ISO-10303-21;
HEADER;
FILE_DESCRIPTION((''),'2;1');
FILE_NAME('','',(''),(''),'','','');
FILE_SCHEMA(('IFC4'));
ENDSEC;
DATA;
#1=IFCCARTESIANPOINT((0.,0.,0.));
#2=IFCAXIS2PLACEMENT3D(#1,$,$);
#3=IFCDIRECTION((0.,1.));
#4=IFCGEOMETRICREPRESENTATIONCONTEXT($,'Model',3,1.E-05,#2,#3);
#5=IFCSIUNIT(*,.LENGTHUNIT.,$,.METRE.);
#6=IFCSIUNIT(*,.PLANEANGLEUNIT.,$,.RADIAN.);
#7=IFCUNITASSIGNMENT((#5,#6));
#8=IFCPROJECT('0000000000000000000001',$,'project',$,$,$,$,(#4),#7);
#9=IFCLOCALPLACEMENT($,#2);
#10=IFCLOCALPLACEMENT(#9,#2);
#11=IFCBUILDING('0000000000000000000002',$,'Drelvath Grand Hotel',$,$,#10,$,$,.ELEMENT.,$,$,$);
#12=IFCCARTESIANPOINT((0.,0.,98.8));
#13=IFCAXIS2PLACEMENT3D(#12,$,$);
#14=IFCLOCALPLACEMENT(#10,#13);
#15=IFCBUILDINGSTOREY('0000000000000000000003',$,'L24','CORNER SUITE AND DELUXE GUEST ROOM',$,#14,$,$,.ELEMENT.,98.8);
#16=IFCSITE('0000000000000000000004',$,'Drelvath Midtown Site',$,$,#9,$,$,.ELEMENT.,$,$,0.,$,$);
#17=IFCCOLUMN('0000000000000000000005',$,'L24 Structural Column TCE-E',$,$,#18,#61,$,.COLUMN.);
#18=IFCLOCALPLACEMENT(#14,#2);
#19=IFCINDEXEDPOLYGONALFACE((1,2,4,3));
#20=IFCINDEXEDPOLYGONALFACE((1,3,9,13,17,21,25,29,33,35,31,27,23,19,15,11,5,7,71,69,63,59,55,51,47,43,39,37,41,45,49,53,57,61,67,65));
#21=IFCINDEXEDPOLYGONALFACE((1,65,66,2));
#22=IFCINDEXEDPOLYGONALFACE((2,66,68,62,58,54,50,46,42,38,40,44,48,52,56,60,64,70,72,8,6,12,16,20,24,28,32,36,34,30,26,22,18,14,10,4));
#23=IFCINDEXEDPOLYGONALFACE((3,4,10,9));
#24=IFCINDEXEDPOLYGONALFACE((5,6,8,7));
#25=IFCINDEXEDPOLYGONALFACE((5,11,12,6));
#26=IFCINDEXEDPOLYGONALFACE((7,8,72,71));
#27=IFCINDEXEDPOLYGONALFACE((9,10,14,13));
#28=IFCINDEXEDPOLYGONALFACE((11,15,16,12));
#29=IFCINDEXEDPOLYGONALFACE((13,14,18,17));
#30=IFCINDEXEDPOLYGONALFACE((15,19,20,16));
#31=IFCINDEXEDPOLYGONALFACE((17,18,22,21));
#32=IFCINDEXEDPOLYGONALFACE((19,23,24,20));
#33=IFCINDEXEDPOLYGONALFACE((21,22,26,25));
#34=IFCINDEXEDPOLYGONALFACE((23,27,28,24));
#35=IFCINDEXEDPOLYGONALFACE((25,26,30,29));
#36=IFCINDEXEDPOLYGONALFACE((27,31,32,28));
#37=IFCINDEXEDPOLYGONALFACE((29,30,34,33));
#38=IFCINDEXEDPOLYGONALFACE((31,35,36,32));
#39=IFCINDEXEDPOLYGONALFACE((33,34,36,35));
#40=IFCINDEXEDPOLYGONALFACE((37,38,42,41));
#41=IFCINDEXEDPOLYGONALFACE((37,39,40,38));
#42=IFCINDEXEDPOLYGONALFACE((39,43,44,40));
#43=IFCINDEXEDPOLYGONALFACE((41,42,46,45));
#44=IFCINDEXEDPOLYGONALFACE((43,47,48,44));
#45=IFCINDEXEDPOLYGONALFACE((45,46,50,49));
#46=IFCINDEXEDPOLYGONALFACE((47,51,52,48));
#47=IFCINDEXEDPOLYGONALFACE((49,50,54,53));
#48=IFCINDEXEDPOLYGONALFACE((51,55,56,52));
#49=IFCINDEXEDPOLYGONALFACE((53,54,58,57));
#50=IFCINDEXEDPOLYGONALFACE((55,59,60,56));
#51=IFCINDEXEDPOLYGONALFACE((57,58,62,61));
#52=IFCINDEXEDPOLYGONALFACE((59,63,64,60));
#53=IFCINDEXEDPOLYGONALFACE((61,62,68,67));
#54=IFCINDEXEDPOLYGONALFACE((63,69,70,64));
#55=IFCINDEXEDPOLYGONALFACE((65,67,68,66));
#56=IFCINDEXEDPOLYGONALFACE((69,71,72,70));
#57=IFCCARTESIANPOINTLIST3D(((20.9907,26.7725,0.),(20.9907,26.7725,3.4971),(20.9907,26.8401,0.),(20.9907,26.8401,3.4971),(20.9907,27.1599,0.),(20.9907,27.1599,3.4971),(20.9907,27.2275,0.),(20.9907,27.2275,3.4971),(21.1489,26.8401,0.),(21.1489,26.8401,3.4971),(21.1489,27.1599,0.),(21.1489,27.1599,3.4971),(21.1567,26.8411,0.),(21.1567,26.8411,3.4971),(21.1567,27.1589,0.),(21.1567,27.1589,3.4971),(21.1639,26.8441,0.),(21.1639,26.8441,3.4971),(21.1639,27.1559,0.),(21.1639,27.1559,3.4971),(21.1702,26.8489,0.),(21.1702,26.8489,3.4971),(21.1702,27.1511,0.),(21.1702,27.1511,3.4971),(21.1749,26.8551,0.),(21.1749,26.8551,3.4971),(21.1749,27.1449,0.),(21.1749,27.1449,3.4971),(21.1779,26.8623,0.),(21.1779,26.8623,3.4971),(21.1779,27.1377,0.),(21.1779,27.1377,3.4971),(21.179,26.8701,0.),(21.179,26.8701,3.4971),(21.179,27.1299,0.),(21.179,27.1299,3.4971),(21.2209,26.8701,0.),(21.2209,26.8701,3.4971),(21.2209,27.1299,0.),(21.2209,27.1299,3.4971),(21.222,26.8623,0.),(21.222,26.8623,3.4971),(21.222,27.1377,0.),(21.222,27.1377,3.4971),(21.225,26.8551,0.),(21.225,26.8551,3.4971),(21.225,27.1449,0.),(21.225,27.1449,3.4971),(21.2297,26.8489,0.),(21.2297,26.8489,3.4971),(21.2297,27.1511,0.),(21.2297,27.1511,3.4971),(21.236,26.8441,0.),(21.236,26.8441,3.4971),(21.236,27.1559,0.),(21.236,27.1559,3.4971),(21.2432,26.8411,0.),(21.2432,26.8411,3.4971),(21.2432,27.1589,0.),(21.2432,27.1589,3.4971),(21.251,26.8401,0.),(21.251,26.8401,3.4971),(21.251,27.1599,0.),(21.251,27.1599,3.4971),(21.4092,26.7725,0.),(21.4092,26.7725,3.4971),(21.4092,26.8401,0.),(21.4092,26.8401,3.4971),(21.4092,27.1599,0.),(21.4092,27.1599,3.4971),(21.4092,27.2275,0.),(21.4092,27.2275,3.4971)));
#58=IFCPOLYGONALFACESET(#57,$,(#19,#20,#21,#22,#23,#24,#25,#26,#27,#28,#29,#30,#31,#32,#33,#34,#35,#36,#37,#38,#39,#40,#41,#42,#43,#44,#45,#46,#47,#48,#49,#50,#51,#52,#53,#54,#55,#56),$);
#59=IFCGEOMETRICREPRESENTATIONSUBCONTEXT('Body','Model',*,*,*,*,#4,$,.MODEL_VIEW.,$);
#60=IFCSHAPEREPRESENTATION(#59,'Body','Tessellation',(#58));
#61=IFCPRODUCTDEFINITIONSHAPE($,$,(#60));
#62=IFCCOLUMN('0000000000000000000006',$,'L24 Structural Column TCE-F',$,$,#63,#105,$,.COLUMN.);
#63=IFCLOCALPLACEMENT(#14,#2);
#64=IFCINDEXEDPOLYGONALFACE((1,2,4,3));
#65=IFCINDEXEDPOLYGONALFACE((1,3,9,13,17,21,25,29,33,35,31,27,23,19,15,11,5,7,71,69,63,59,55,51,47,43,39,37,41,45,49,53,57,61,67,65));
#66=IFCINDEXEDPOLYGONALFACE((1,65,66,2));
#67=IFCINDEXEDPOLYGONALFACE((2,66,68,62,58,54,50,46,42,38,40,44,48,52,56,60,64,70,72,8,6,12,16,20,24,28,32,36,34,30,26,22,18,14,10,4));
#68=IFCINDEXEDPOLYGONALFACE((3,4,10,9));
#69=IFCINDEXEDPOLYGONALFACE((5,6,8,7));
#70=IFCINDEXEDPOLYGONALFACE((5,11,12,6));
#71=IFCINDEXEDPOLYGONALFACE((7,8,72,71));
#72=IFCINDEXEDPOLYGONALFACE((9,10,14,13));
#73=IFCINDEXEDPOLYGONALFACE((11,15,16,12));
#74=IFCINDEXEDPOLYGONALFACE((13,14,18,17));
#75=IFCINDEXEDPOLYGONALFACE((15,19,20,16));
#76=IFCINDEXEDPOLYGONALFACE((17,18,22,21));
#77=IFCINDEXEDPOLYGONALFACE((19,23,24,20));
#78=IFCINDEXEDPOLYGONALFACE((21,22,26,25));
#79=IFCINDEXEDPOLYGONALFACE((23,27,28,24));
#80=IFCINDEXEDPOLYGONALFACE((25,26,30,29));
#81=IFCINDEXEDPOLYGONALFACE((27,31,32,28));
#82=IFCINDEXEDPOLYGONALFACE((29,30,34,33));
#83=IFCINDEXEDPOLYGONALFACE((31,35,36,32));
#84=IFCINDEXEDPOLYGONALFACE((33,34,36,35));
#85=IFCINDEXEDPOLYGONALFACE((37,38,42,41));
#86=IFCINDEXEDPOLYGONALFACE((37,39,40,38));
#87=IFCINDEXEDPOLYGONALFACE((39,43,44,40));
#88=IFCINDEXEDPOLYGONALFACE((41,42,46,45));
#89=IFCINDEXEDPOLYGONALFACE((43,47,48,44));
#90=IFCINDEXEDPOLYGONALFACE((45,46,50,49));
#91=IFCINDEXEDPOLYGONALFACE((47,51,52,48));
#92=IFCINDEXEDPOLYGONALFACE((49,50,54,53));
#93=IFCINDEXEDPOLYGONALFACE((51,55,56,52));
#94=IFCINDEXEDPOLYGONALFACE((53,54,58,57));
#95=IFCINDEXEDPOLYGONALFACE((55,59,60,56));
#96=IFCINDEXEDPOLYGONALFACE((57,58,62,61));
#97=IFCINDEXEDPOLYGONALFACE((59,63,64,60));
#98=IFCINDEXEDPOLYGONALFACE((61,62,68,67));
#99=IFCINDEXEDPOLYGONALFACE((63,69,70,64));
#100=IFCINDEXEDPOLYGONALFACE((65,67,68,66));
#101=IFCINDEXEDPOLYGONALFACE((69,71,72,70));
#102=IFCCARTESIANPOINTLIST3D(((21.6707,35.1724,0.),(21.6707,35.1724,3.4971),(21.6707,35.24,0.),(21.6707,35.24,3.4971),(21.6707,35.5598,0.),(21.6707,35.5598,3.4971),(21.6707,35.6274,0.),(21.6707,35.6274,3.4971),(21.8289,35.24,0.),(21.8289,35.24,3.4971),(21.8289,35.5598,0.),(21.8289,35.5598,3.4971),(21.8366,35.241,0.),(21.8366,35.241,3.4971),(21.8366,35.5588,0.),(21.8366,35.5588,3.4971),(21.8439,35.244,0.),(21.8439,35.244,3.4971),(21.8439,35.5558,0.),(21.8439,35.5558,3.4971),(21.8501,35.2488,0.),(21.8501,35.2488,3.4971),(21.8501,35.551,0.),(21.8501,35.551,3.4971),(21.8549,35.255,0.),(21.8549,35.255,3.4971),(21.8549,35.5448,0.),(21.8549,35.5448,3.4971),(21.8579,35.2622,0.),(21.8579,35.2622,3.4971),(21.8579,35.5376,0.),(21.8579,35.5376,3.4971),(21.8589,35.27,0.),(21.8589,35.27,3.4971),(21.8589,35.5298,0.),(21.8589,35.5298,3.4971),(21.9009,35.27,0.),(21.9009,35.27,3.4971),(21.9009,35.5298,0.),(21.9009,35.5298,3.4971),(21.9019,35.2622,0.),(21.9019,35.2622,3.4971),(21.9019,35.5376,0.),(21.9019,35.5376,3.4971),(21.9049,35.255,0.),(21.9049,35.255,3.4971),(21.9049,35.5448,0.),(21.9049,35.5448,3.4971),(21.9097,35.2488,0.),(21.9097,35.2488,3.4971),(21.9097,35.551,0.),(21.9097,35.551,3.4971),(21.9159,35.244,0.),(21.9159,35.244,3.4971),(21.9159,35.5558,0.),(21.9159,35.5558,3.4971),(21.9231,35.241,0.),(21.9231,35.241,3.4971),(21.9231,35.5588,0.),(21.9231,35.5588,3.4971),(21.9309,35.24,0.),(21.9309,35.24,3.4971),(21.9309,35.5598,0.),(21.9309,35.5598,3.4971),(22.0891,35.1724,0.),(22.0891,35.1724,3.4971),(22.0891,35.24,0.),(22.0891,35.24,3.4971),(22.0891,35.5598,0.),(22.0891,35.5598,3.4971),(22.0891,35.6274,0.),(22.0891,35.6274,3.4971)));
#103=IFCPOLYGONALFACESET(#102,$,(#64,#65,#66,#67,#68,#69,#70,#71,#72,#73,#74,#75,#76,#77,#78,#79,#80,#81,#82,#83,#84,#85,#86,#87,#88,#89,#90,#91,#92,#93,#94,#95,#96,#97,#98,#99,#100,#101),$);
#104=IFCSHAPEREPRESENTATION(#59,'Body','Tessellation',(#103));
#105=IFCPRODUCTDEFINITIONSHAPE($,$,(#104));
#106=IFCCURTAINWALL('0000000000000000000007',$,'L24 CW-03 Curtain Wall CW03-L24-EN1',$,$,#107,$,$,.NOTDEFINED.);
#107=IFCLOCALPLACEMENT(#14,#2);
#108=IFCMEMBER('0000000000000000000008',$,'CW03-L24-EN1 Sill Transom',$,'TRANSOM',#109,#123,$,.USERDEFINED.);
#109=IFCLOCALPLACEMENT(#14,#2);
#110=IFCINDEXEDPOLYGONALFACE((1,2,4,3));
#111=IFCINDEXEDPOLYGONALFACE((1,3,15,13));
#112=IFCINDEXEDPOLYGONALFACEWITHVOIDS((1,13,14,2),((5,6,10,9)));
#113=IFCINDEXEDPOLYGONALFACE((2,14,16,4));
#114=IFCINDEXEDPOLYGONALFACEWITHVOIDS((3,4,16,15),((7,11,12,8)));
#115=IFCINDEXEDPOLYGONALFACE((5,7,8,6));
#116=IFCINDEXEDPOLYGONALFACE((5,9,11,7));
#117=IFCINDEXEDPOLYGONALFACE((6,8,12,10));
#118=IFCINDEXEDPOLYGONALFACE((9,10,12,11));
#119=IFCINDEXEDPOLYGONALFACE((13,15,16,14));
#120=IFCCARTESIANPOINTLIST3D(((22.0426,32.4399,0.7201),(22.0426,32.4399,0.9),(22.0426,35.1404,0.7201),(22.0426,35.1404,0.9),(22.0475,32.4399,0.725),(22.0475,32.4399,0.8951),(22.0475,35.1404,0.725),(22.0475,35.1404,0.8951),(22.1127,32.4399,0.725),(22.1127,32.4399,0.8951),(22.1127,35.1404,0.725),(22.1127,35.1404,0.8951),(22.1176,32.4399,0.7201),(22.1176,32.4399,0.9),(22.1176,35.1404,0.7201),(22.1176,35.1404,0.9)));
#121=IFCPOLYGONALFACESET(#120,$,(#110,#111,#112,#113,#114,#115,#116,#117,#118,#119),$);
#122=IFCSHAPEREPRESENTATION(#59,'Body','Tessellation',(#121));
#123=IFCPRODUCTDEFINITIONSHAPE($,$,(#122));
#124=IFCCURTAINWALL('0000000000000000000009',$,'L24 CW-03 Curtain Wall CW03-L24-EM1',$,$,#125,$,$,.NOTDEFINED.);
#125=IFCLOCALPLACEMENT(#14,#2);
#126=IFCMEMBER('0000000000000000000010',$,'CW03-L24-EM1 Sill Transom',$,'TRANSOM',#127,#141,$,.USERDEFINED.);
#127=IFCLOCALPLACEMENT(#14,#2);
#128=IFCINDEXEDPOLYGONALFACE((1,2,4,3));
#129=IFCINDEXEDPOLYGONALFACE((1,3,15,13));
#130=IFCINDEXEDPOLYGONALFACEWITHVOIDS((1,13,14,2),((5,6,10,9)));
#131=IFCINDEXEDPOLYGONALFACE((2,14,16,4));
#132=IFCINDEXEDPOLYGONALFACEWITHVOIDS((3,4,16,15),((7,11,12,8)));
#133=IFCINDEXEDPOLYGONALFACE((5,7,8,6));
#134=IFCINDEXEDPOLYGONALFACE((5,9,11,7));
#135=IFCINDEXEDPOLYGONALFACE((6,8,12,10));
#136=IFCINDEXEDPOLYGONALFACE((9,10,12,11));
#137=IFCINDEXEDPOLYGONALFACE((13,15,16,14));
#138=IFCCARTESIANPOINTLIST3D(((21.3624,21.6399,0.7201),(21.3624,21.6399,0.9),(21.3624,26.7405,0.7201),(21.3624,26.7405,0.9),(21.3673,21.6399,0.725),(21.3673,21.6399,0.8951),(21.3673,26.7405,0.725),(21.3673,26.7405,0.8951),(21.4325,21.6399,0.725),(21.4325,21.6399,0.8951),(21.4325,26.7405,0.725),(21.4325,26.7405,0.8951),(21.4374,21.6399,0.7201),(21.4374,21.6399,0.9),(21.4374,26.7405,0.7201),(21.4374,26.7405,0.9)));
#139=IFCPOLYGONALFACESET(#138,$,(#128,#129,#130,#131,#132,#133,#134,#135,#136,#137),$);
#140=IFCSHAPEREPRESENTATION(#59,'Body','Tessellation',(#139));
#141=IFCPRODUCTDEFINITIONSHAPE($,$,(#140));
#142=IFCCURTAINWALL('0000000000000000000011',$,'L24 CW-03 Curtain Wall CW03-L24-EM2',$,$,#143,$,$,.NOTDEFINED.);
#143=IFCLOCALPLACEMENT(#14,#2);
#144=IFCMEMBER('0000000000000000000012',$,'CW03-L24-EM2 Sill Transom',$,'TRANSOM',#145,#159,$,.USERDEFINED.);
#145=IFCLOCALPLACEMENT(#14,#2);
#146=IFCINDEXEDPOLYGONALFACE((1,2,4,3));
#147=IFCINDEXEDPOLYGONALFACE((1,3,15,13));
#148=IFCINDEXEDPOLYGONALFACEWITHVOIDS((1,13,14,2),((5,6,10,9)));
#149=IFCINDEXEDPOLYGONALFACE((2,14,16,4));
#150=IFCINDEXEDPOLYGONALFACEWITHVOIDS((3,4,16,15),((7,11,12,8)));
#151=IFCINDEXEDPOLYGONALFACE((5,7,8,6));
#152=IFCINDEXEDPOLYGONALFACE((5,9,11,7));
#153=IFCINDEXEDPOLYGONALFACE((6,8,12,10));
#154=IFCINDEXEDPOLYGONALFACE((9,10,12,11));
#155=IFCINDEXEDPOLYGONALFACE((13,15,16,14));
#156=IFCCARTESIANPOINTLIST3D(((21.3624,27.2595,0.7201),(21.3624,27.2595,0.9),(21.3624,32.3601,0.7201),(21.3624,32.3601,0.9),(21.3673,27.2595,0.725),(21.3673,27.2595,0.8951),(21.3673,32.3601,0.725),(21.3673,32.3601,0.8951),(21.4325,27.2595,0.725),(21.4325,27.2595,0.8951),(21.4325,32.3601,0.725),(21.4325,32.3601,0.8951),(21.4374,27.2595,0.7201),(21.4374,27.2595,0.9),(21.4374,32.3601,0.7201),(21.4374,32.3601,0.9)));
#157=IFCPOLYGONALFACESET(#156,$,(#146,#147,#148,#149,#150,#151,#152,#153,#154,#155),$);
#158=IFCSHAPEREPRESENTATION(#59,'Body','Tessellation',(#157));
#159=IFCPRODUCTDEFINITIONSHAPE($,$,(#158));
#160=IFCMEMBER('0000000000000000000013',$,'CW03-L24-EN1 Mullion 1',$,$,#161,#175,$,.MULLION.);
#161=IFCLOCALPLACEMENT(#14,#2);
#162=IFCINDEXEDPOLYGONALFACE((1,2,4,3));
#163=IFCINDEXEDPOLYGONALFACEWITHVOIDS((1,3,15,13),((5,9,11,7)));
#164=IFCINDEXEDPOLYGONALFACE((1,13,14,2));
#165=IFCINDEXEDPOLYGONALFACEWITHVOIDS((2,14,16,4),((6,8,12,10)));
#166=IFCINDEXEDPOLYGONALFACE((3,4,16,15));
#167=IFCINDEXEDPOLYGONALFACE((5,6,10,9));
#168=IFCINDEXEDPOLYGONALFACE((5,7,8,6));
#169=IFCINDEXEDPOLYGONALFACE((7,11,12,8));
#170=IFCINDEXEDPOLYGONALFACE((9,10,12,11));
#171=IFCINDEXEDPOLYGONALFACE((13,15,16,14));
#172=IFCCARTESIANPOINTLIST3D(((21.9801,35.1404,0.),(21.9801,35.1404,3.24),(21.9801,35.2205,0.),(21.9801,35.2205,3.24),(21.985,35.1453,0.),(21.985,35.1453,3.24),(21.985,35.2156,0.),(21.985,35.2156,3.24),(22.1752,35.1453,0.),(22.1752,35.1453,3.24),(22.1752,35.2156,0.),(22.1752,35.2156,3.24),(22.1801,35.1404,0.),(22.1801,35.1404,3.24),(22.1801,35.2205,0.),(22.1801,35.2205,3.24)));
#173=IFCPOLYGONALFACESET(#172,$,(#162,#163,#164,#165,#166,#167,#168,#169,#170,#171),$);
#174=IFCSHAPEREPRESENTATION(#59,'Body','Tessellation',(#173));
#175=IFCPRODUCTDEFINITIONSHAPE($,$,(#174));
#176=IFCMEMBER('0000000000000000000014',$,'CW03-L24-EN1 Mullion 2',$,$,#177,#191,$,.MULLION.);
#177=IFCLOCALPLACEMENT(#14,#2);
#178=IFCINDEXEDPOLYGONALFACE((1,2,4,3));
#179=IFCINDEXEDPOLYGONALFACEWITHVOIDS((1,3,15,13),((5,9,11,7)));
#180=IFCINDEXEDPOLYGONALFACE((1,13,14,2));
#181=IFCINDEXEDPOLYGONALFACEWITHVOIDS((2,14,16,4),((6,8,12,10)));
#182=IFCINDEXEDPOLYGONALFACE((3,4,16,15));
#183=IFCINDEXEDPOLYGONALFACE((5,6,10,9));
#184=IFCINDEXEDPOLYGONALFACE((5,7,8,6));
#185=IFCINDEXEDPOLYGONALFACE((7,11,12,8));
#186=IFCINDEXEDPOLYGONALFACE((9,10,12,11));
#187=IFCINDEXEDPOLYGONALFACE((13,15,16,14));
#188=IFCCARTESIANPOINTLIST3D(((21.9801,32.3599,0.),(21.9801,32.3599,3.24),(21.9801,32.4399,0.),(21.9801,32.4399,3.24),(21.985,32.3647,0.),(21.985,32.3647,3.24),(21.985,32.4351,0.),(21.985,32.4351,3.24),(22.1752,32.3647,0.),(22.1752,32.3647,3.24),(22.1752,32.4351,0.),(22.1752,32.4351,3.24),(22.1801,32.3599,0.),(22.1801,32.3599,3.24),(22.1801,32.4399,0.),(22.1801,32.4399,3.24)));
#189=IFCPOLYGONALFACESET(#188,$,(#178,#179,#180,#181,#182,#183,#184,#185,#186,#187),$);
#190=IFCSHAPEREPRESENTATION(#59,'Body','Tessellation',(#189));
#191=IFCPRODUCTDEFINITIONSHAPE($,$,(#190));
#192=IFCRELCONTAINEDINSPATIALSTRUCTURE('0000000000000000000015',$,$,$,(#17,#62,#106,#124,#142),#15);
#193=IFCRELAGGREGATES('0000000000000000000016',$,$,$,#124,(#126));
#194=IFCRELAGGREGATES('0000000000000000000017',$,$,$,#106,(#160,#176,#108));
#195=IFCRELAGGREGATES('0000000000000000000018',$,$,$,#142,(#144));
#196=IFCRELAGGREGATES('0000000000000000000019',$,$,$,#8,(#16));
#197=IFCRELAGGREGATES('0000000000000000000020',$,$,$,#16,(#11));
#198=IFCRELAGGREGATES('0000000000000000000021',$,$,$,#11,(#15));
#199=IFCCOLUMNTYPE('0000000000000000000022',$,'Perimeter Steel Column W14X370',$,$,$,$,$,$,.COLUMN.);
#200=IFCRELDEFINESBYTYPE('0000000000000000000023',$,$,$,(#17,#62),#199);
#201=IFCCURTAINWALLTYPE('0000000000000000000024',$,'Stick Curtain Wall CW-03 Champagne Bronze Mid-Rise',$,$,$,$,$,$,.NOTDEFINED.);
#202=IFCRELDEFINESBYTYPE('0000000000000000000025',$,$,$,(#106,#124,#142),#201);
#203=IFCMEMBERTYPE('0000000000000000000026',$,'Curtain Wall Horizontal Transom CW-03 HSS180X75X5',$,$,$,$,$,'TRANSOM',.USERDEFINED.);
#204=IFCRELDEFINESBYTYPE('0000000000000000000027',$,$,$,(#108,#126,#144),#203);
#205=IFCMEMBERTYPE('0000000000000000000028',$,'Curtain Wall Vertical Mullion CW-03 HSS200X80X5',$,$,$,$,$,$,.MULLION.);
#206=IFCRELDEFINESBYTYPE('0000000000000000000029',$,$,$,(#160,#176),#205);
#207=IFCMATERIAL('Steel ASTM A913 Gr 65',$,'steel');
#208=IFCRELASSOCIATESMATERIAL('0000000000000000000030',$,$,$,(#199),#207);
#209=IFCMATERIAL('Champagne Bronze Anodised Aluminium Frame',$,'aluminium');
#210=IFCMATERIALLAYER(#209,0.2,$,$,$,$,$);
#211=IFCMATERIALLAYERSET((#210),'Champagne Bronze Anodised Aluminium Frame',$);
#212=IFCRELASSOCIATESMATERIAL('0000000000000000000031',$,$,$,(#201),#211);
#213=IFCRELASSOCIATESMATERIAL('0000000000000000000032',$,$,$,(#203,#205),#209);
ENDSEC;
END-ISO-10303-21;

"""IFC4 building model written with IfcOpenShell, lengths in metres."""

from ifc_helpers import new_model, si_unit, direction, frame, origin, origin_2d, place, context, subcontext, project, spatial, hollow_rectangle, i_section, extrude, material, layer, layer_set, material_profile, profile_set, type_object, element, aggregate, save


model = new_model("IFC4")

# Units and contexts
model_context = context("Model", 3, precision=1e-05, world=origin(), true_north=direction((0.0, 1.0)))
body_context = subcontext(model_context, "Body", "Model", "MODEL_VIEW")
ifc_project = project(units=[si_unit("LENGTHUNIT", "METRE"), si_unit("PLANEANGLEUNIT", "RADIAN")], contexts=[model_context])

# Site, building, storey
site_placement = place(None, origin())
site = spatial("IfcSite", under=ifc_project, at=site_placement, Name="Drelvath Midtown Site", CompositionType="ELEMENT", RefElevation=0.0)
building_placement = place(site_placement, origin())
building = spatial("IfcBuilding", under=site, at=building_placement, Name="Drelvath Grand Hotel", CompositionType="ELEMENT")
storey_placement = place(building_placement, frame((0.0, 0.0, 98.8)))
storey = spatial("IfcBuildingStorey", under=building, at=storey_placement, Name="L24", Description="CORNER SUITE AND DELUXE GUEST ROOM", CompositionType="ELEMENT", Elevation=98.8)

# Columns
ifc_material_1 = material(Name="Steel ASTM A913 Gr 65", Category="steel")
ifc_material_profile_1 = material_profile(ifc_material_1, i_section(OverallWidth=0.4185, OverallDepth=0.4551, WebThickness=0.042, FlangeThickness=0.0676, FilletRadius=0.03, at=origin_2d()), Name="W14X370")
ifc_profile_set_1 = profile_set([ifc_material_profile_1], Name="Steel ASTM A913 Gr 65")
column_type = type_object("IfcColumnType", Name="Perimeter Steel Column W14X370", PredefinedType="COLUMN", material=ifc_profile_set_1)
for number, where, z_axis, x_axis, name in (
    (1, (21.2, 27.0, 0.0), (0.0, 0.0, 1.0), (1.0, 0.0, 0.0), "L24 Structural Column TCE-E"),
    (2, (21.8799, 35.3999, 0.0), (0.0, 0.0, 1.0), (1.0, 0.0, 0.0), "L24 Structural Column TCE-F"),
):
    element("IfcColumn", number, at=place(storey_placement, frame(where, z_axis=z_axis, x_axis=x_axis)), inside=storey, type_object=column_type, Name=name, PredefinedType="COLUMN", context=body_context, shape_type="SweptSolid", body=[
        extrude(i_section(OverallWidth=0.4185, OverallDepth=0.4551, WebThickness=0.042, FlangeThickness=0.0676, FilletRadius=0.03, at=origin_2d()), origin(), (0.0, 0.0, 1.0), 3.4971),
    ])

# Curtain walls, members
ifc_material_2 = material(Name="Champagne Bronze Anodised Aluminium Frame", Category="aluminium")
ifc_layer_1 = layer(ifc_material_2, 0.2)
ifc_layer_set_1 = layer_set([ifc_layer_1], Name="Champagne Bronze Anodised Aluminium Frame")
curtain_wall_type = type_object("IfcCurtainWallType", Name="Stick Curtain Wall CW-03 Champagne Bronze Mid-Rise", PredefinedType="NOTDEFINED", material=ifc_layer_set_1)
curtain_wall_1_placement = place(storey_placement, origin())
curtain_wall_1 = element("IfcCurtainWall", 3, at=curtain_wall_1_placement, inside=storey, type_object=curtain_wall_type, Name="L24 CW-03 Curtain Wall CW03-L24-EN1", PredefinedType="NOTDEFINED")
ifc_material_profile_2 = material_profile(ifc_material_2, hollow_rectangle(XDim=0.075, YDim=0.1799, WallThickness=0.0049, at=origin_2d()), Name="HSS180X75X5")
ifc_profile_set_2 = profile_set([ifc_material_profile_2], Name="Champagne Bronze Anodised Aluminium Frame")
member_type_1 = type_object("IfcMemberType", Name="Curtain Wall Horizontal Transom CW-03 HSS180X75X5", ElementType="TRANSOM", PredefinedType="USERDEFINED", material=ifc_profile_set_2)
member_1_placement = place(storey_placement, frame((22.0801, 35.1404, 0.8101), z_axis=(0.0, -1.0, 0.0), x_axis=(1.0, 0.0, 0.0)))
member_1 = element("IfcMember", 4, at=member_1_placement, type_object=member_type_1, Name="CW03-L24-EN1 Sill Transom", ObjectType="TRANSOM", PredefinedType="USERDEFINED", context=body_context, shape_type="SweptSolid", body=[
    extrude(hollow_rectangle(XDim=0.075, YDim=0.1799, WallThickness=0.0049, at=origin_2d()), origin(), (0.0, 0.0, 1.0), 2.7004),
])
curtain_wall_2_placement = place(storey_placement, origin())
curtain_wall_2 = element("IfcCurtainWall", 5, at=curtain_wall_2_placement, inside=storey, type_object=curtain_wall_type, Name="L24 CW-03 Curtain Wall CW03-L24-EM1", PredefinedType="NOTDEFINED")
member_2_placement = place(storey_placement, frame((21.3999, 26.7405, 0.8101), z_axis=(0.0, -1.0, 0.0), x_axis=(1.0, 0.0, 0.0)))
member_2 = element("IfcMember", 6, at=member_2_placement, type_object=member_type_1, Name="CW03-L24-EM1 Sill Transom", ObjectType="TRANSOM", PredefinedType="USERDEFINED", context=body_context, shape_type="SweptSolid", body=[
    extrude(hollow_rectangle(XDim=0.075, YDim=0.1799, WallThickness=0.0049, at=origin_2d()), origin(), (0.0, 0.0, 1.0), 5.1006),
])
curtain_wall_3_placement = place(storey_placement, origin())
curtain_wall_3 = element("IfcCurtainWall", 7, at=curtain_wall_3_placement, inside=storey, type_object=curtain_wall_type, Name="L24 CW-03 Curtain Wall CW03-L24-EM2", PredefinedType="NOTDEFINED")
member_3_placement = place(storey_placement, frame((21.3999, 32.3601, 0.8101), z_axis=(0.0, -1.0, 0.0), x_axis=(1.0, 0.0, 0.0)))
member_3 = element("IfcMember", 8, at=member_3_placement, type_object=member_type_1, Name="CW03-L24-EM2 Sill Transom", ObjectType="TRANSOM", PredefinedType="USERDEFINED", context=body_context, shape_type="SweptSolid", body=[
    extrude(hollow_rectangle(XDim=0.075, YDim=0.1799, WallThickness=0.0049, at=origin_2d()), origin(), (0.0, 0.0, 1.0), 5.1006),
])

# Members
ifc_material_profile_3 = material_profile(ifc_material_2, hollow_rectangle(XDim=0.0801, YDim=0.2, WallThickness=0.0049, at=origin_2d()), Name="HSS200X80X5")
ifc_profile_set_3 = profile_set([ifc_material_profile_3], Name="Champagne Bronze Anodised Aluminium Frame")
member_type_2 = type_object("IfcMemberType", Name="Curtain Wall Vertical Mullion CW-03 HSS200X80X5", PredefinedType="MULLION", material=ifc_profile_set_3)
member_4_placement = place(storey_placement, frame((22.0801, 35.1804, 0.0), z_axis=(0.0, 0.0, 1.0), x_axis=(0.0, 1.0, 0.0)))
member_4 = element("IfcMember", 9, at=member_4_placement, type_object=member_type_2, Name="CW03-L24-EN1 Mullion 1", PredefinedType="MULLION", context=body_context, shape_type="SweptSolid", body=[
    extrude(hollow_rectangle(XDim=0.0801, YDim=0.2, WallThickness=0.0049, at=origin_2d()), origin(), (0.0, 0.0, 1.0), 3.24),
])
member_5_placement = place(storey_placement, frame((22.0801, 32.3999, 0.0), z_axis=(0.0, 0.0, 1.0), x_axis=(0.0, 1.0, 0.0)))
member_5 = element("IfcMember", 10, at=member_5_placement, type_object=member_type_2, Name="CW03-L24-EN1 Mullion 2", PredefinedType="MULLION", context=body_context, shape_type="SweptSolid", body=[
    extrude(hollow_rectangle(XDim=0.0801, YDim=0.2, WallThickness=0.0049, at=origin_2d()), origin(), (0.0, 0.0, 1.0), 3.24),
])

aggregate(curtain_wall_2, [member_2])

aggregate(curtain_wall_1, [member_4, member_5, member_1])
aggregate(curtain_wall_3, [member_3])

save(model, "model.ifc")
